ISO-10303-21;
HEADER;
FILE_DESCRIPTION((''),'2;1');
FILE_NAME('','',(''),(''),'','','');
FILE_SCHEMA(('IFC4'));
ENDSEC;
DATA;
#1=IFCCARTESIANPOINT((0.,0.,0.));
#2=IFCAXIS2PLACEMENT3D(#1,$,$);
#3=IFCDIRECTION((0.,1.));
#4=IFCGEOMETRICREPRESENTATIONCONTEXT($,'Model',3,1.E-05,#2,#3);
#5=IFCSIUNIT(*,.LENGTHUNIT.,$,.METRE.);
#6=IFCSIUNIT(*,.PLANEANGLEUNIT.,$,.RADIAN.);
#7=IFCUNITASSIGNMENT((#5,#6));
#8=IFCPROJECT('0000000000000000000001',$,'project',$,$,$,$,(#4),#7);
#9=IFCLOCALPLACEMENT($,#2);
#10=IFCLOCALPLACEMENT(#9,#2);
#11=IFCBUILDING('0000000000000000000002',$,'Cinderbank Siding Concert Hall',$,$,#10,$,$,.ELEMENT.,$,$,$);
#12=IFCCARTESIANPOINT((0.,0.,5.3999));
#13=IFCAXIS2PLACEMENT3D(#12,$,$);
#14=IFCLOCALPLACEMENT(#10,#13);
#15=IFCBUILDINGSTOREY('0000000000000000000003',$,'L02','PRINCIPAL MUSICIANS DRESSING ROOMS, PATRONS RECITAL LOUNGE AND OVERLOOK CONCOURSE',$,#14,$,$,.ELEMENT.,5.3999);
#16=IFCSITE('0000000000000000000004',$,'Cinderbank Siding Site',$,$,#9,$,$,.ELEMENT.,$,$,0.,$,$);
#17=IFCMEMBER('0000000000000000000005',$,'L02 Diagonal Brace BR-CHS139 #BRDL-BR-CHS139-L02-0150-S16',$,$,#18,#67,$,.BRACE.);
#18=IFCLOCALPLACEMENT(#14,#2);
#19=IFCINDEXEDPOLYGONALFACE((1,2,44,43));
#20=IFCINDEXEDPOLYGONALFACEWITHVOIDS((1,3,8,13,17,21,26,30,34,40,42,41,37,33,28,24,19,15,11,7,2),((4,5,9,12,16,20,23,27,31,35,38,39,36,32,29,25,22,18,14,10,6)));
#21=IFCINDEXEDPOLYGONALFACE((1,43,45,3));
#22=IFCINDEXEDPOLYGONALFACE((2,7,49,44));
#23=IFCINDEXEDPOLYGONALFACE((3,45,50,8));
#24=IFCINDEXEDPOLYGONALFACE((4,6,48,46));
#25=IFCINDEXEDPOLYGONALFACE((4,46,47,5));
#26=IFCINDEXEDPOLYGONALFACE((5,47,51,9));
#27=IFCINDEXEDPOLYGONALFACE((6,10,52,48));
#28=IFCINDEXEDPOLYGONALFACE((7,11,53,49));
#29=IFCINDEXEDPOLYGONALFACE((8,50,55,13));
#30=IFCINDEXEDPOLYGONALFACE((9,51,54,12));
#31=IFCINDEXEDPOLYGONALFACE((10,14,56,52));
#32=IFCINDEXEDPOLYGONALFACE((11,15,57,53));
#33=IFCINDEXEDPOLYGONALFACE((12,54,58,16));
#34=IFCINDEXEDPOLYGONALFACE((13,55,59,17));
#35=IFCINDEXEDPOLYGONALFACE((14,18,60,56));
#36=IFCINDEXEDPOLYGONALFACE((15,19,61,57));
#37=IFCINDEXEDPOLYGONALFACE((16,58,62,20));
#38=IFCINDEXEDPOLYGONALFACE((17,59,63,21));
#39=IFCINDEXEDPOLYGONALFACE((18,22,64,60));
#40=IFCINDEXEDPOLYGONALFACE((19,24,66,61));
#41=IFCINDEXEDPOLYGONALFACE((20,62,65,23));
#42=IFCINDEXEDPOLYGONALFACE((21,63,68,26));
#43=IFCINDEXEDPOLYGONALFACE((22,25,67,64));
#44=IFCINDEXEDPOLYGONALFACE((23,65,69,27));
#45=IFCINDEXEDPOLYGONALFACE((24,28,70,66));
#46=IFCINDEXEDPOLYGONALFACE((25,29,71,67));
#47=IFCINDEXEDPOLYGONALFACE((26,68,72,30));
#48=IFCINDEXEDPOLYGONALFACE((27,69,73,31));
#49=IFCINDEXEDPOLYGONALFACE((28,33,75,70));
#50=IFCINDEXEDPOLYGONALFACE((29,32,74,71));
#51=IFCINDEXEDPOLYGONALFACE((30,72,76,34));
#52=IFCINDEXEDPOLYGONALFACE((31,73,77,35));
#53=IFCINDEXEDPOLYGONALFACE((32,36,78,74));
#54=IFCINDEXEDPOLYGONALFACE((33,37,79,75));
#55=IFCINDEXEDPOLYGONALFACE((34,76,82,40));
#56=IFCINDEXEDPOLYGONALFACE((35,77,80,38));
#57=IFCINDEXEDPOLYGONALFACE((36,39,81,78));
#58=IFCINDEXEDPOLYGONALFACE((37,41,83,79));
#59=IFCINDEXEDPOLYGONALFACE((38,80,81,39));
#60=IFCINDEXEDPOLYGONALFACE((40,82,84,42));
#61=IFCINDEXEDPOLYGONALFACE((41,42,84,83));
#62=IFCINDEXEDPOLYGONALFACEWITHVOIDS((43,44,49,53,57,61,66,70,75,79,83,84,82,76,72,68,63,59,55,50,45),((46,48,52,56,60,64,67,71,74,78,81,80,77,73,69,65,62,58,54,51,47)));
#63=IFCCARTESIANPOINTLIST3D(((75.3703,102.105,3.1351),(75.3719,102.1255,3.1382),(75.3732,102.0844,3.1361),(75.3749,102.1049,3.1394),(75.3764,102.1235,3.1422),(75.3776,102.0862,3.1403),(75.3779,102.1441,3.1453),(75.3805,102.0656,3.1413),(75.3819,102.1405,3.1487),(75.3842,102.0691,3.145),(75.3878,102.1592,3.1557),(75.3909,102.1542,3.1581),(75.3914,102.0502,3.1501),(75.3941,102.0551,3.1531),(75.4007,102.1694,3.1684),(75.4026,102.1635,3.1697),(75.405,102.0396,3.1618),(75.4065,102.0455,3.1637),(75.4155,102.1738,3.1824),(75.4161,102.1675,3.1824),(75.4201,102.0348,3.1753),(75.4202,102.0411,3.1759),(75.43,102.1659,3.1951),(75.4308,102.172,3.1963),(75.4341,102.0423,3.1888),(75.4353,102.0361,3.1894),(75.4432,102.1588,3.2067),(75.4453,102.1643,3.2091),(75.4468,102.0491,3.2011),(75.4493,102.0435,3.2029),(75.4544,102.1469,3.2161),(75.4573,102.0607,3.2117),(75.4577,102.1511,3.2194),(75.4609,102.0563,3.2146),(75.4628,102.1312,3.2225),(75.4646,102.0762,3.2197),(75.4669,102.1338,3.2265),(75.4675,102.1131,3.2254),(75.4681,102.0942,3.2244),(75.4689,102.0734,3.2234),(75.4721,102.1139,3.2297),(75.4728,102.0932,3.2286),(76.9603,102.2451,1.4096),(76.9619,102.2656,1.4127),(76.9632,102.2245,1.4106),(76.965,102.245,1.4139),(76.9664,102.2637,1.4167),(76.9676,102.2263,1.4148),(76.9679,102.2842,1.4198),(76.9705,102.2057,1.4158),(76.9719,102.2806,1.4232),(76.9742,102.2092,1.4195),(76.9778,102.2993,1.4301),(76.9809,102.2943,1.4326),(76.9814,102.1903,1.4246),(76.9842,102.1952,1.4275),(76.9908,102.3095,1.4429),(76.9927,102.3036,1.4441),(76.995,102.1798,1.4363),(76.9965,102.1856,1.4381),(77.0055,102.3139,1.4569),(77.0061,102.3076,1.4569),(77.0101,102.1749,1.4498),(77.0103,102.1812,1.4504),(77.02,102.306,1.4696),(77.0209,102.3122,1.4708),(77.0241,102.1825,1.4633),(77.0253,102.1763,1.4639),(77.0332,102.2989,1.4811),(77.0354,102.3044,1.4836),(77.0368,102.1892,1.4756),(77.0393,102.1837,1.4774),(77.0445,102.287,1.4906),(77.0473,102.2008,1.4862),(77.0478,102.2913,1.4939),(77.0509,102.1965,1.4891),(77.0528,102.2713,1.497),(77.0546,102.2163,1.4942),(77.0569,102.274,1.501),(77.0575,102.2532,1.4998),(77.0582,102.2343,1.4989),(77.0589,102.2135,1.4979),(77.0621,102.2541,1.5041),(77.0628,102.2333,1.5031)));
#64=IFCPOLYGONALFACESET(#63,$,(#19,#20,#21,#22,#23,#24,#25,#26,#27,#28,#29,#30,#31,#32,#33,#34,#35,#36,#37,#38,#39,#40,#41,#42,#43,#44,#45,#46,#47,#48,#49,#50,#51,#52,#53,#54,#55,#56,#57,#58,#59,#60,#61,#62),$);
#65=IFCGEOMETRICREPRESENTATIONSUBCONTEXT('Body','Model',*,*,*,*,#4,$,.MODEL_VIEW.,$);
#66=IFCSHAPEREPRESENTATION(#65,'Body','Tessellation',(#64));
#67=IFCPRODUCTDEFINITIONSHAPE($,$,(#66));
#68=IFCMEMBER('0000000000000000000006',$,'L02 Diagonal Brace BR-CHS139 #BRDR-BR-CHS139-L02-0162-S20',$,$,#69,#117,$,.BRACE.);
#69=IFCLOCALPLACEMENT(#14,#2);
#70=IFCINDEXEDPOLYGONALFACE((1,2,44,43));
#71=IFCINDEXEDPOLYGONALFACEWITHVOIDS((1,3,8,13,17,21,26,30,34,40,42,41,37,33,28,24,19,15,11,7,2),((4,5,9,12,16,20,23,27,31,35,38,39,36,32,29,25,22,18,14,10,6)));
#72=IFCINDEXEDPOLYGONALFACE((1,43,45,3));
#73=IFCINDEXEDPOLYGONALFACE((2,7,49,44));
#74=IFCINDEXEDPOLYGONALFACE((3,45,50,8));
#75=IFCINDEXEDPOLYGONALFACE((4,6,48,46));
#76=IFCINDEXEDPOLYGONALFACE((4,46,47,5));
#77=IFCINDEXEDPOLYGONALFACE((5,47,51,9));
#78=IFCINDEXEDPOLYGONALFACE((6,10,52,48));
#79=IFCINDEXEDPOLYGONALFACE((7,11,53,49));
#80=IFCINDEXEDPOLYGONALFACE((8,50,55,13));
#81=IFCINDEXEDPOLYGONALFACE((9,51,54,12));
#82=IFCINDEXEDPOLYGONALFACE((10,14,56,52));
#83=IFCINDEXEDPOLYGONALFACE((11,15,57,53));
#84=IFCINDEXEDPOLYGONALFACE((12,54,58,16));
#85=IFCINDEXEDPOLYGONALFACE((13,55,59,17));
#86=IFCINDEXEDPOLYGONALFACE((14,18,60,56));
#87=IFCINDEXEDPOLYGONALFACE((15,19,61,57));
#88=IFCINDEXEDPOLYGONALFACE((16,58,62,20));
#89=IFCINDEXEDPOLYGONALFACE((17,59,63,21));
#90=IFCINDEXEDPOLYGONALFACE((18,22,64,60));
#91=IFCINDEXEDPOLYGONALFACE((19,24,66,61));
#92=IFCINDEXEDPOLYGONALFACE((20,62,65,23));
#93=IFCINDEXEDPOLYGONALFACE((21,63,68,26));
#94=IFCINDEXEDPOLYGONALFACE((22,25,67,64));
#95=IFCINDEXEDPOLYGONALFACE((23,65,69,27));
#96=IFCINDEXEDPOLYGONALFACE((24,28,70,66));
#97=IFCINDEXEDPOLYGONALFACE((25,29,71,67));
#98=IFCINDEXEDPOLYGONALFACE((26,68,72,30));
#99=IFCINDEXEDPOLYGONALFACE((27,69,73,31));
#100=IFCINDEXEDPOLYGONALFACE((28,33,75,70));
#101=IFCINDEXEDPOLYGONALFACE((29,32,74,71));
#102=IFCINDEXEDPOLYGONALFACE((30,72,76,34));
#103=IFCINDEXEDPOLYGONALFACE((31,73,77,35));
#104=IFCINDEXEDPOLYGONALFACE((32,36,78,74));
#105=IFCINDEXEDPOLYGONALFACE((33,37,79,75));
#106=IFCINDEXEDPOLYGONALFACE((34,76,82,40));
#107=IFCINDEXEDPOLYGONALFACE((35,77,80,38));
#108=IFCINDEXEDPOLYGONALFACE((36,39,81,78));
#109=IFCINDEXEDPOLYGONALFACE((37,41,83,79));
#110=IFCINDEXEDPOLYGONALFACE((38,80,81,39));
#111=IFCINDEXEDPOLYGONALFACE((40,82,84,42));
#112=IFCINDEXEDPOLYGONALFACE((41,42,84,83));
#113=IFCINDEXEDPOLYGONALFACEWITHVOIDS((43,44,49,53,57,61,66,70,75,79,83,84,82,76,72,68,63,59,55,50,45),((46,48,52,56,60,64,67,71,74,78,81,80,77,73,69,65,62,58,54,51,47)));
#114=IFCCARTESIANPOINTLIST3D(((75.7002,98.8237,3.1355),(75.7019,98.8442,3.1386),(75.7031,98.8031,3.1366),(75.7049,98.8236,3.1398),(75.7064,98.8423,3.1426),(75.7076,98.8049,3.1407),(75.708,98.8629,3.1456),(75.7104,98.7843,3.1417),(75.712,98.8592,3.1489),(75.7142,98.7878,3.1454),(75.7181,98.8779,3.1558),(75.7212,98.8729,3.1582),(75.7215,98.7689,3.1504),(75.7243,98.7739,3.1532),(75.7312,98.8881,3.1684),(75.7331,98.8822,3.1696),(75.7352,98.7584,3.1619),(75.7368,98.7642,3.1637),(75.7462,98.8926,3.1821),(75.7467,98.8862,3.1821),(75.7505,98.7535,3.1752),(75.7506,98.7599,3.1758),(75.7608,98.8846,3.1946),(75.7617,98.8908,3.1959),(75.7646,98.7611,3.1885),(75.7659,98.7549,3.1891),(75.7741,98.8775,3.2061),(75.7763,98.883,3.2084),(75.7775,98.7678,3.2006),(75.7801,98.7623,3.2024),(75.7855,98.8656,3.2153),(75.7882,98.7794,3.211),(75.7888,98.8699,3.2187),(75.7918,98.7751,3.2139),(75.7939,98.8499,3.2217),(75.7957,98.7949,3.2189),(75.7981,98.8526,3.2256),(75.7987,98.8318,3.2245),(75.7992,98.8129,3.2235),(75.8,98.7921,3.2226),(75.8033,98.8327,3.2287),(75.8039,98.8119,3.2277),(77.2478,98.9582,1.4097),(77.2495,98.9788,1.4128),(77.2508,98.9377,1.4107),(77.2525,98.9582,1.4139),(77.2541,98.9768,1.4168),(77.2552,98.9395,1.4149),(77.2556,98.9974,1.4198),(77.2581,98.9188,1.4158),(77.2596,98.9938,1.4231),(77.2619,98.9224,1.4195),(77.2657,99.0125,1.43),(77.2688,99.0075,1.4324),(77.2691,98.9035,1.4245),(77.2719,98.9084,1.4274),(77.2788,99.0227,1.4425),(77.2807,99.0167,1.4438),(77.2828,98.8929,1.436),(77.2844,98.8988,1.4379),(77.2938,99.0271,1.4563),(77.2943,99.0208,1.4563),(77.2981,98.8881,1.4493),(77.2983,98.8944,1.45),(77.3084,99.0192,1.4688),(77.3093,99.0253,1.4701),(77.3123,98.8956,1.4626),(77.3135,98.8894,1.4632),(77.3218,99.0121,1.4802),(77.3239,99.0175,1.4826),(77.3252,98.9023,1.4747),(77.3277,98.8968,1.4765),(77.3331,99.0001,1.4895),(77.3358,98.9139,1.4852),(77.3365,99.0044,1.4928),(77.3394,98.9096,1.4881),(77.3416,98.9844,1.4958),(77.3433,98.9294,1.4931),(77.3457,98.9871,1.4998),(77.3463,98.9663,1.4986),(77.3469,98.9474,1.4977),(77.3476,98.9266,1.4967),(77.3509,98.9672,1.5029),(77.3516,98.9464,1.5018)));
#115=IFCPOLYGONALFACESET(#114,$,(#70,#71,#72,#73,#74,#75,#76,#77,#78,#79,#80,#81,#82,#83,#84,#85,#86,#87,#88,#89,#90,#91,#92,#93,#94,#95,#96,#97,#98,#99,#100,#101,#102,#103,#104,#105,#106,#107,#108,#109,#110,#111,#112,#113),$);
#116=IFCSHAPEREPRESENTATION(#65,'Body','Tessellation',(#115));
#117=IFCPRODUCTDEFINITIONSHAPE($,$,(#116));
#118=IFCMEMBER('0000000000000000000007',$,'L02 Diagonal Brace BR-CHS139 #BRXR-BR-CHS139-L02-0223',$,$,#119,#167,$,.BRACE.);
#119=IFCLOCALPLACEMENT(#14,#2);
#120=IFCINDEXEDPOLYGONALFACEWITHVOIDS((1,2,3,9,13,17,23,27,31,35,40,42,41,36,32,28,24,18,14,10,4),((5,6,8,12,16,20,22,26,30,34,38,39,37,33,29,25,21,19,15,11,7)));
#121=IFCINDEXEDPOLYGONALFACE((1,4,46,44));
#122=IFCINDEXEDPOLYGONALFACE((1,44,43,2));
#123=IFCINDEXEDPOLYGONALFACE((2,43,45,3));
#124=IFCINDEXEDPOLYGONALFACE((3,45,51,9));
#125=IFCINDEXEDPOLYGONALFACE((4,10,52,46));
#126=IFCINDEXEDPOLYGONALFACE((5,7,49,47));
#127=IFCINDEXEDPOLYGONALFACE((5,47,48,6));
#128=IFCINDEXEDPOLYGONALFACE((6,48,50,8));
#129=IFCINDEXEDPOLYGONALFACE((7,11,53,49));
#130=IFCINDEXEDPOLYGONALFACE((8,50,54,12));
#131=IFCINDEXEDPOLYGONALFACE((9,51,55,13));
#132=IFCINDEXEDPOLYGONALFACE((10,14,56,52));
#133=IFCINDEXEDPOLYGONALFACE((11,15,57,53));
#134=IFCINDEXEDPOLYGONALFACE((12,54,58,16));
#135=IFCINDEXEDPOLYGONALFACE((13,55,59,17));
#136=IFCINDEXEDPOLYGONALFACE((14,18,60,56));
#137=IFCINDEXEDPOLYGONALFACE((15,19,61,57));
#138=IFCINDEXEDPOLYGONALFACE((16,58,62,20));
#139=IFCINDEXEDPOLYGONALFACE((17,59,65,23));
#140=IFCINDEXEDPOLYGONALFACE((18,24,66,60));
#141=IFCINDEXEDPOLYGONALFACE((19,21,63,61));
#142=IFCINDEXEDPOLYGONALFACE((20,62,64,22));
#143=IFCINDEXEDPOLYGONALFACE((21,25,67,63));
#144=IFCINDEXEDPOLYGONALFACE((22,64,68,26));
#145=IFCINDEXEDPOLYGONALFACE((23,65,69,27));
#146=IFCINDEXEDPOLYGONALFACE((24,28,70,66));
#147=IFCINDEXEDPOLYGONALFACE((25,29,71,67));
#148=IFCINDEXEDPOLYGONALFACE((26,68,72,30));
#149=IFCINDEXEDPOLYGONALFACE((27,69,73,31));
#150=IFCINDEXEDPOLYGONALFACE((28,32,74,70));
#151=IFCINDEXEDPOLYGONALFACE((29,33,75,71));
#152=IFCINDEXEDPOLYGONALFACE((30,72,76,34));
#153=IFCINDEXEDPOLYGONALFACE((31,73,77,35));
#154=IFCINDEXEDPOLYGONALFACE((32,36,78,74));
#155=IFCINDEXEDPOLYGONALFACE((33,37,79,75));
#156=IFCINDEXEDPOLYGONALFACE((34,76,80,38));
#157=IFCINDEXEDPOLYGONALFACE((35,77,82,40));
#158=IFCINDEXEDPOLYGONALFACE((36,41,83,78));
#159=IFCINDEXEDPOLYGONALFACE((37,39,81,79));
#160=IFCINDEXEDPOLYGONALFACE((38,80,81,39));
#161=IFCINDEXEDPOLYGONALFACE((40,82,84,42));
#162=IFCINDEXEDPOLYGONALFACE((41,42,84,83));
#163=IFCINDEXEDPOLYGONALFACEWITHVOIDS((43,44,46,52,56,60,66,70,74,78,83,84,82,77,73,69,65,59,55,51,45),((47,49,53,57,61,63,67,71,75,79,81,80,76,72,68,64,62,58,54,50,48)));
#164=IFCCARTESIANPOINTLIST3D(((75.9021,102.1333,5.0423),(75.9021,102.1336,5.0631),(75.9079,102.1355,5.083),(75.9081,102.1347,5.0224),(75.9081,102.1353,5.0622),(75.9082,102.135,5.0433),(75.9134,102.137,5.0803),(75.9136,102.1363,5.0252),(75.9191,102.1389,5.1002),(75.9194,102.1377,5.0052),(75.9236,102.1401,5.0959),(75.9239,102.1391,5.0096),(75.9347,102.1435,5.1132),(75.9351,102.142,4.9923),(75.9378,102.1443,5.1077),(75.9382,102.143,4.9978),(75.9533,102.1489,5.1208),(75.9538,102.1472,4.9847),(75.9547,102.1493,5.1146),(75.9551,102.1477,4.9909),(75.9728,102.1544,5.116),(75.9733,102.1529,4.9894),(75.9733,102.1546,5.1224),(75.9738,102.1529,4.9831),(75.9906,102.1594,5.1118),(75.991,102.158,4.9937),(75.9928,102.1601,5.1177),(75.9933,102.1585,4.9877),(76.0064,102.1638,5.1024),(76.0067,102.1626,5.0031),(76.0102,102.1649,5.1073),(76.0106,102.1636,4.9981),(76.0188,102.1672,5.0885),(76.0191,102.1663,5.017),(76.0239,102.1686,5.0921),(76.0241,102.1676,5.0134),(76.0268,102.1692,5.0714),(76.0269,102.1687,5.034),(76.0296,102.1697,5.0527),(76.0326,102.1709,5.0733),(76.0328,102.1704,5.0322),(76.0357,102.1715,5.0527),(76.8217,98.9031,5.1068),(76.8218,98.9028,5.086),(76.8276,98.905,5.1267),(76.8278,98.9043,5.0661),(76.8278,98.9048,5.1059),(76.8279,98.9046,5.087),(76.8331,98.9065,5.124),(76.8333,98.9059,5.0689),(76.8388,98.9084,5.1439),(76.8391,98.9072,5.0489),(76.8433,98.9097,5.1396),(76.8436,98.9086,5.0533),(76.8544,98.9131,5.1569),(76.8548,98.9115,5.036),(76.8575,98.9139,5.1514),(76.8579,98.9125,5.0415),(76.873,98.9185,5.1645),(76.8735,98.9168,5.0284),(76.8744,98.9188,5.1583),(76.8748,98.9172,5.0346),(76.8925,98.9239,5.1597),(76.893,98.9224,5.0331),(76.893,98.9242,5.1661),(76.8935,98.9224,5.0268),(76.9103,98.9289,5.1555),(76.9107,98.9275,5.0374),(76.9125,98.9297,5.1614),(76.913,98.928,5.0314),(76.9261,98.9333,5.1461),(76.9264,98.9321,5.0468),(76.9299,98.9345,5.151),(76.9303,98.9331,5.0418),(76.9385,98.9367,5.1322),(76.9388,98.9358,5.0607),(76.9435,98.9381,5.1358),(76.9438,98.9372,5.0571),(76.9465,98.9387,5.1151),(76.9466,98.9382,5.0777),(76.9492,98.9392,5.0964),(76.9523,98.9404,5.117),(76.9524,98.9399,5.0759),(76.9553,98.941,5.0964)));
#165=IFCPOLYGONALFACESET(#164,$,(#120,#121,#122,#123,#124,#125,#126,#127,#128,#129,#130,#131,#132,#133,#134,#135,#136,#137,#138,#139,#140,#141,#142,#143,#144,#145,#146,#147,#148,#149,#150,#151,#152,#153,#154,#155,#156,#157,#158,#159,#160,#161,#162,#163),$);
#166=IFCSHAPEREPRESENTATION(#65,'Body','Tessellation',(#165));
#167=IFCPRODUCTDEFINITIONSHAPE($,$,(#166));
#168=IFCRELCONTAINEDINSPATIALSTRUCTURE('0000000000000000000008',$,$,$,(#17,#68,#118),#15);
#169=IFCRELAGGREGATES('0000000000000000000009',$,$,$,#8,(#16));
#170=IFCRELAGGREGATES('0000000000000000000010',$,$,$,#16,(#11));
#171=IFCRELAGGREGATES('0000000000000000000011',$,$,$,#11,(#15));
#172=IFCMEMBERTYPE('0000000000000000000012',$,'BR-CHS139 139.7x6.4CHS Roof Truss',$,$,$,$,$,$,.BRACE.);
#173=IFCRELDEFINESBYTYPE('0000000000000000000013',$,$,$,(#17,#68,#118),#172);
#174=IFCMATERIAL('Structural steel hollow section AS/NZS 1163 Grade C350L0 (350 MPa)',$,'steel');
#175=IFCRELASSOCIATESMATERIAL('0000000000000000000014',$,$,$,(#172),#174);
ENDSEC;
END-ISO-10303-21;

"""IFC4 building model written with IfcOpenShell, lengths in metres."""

from ifc_helpers import new_model, si_unit, direction, frame, origin, origin_2d, place, context, subcontext, project, spatial, hollow_circle, extrude, material, material_profile, profile_set, type_object, element, save


model = new_model("IFC4")

# Units and contexts
model_context = context("Model", 3, precision=1e-05, world=origin(), true_north=direction((0.0, 1.0)))
body_context = subcontext(model_context, "Body", "Model", "MODEL_VIEW")
ifc_project = project(units=[si_unit("LENGTHUNIT", "METRE"), si_unit("PLANEANGLEUNIT", "RADIAN")], contexts=[model_context])

# Site, building, storey
site_placement = place(None, origin())
site = spatial("IfcSite", under=ifc_project, at=site_placement, Name="Cinderbank Siding Site", CompositionType="ELEMENT", RefElevation=0.0)
building_placement = place(site_placement, origin())
building = spatial("IfcBuilding", under=site, at=building_placement, Name="Cinderbank Siding Concert Hall", CompositionType="ELEMENT")
storey_placement = place(building_placement, frame((0.0, 0.0, 5.3999)))
storey = spatial("IfcBuildingStorey", under=building, at=storey_placement, Name="L02", Description="PRINCIPAL MUSICIANS DRESSING ROOMS, PATRONS RECITAL LOUNGE AND OVERLOOK CONCOURSE", CompositionType="ELEMENT", Elevation=5.3999)

# Members
ifc_material_1 = material(Name="Structural steel hollow section AS/NZS 1163 Grade C350L0 (350 MPa)", Category="steel")
ifc_material_profile_1 = material_profile(ifc_material_1, hollow_circle(Radius=0.0698, WallThickness=0.0063, at=origin_2d()), Name="139.7x6.4CHS", Category="LoadBearing")
ifc_profile_set_1 = profile_set([ifc_material_profile_1], Name="Structural steel hollow section AS/NZS 1163 Grade C350L0 (350 MPa)")
member_type_1 = type_object("IfcMemberType", Name="BR-CHS139 139.7x6.4CHS Roof Truss", PredefinedType="BRACE", material=ifc_profile_set_1)
member_1_placement = place(storey_placement, frame((75.4216, 102.1042, 3.1824), z_axis=(0.676439, 0.059616, -0.734082), x_axis=(-0.087791, 0.996139, 0.0)))
element("IfcMember", 1, at=member_1_placement, inside=storey, type_object=member_type_1, Name="L02 Diagonal Brace BR-CHS139 #BRDL-BR-CHS139-L02-0150-S16", PredefinedType="BRACE", context=body_context, shape_type="SweptSolid", body=[
    extrude(hollow_circle(Radius=0.0698, WallThickness=0.0063, at=origin_2d()), origin(), (0.0, 0.0, 1.0), 2.3506),
])
member_2_placement = place(storey_placement, frame((75.7522, 98.823, 3.1821), z_axis=(0.666498, 0.057934, -0.743252), x_axis=(-0.086596, 0.996244, 0.0)))
element("IfcMember", 2, at=member_2_placement, inside=storey, type_object=member_type_1, Name="L02 Diagonal Brace BR-CHS139 #BRDR-BR-CHS139-L02-0162-S20", PredefinedType="BRACE", context=body_context, shape_type="SweptSolid", body=[
    extrude(hollow_circle(Radius=0.0698, WallThickness=0.0063, at=origin_2d()), origin(), (0.0, 0.0, 1.0), 2.322),
])
member_3_placement = place(storey_placement, frame((75.9685, 102.1523, 5.0527), z_axis=(0.273786, -0.961703, 0.01301), x_axis=(0.961784, 0.273809, 0.0)))
element("IfcMember", 3, at=member_3_placement, inside=storey, type_object=member_type_1, Name="L02 Diagonal Brace BR-CHS139 #BRXR-BR-CHS139-L02-0223", PredefinedType="BRACE", context=body_context, shape_type="SweptSolid", body=[
    extrude(hollow_circle(Radius=0.0698, WallThickness=0.0063, at=origin_2d()), origin(), (0.0, 0.0, 1.0), 3.3591),
])

save(model, "model.ifc")
